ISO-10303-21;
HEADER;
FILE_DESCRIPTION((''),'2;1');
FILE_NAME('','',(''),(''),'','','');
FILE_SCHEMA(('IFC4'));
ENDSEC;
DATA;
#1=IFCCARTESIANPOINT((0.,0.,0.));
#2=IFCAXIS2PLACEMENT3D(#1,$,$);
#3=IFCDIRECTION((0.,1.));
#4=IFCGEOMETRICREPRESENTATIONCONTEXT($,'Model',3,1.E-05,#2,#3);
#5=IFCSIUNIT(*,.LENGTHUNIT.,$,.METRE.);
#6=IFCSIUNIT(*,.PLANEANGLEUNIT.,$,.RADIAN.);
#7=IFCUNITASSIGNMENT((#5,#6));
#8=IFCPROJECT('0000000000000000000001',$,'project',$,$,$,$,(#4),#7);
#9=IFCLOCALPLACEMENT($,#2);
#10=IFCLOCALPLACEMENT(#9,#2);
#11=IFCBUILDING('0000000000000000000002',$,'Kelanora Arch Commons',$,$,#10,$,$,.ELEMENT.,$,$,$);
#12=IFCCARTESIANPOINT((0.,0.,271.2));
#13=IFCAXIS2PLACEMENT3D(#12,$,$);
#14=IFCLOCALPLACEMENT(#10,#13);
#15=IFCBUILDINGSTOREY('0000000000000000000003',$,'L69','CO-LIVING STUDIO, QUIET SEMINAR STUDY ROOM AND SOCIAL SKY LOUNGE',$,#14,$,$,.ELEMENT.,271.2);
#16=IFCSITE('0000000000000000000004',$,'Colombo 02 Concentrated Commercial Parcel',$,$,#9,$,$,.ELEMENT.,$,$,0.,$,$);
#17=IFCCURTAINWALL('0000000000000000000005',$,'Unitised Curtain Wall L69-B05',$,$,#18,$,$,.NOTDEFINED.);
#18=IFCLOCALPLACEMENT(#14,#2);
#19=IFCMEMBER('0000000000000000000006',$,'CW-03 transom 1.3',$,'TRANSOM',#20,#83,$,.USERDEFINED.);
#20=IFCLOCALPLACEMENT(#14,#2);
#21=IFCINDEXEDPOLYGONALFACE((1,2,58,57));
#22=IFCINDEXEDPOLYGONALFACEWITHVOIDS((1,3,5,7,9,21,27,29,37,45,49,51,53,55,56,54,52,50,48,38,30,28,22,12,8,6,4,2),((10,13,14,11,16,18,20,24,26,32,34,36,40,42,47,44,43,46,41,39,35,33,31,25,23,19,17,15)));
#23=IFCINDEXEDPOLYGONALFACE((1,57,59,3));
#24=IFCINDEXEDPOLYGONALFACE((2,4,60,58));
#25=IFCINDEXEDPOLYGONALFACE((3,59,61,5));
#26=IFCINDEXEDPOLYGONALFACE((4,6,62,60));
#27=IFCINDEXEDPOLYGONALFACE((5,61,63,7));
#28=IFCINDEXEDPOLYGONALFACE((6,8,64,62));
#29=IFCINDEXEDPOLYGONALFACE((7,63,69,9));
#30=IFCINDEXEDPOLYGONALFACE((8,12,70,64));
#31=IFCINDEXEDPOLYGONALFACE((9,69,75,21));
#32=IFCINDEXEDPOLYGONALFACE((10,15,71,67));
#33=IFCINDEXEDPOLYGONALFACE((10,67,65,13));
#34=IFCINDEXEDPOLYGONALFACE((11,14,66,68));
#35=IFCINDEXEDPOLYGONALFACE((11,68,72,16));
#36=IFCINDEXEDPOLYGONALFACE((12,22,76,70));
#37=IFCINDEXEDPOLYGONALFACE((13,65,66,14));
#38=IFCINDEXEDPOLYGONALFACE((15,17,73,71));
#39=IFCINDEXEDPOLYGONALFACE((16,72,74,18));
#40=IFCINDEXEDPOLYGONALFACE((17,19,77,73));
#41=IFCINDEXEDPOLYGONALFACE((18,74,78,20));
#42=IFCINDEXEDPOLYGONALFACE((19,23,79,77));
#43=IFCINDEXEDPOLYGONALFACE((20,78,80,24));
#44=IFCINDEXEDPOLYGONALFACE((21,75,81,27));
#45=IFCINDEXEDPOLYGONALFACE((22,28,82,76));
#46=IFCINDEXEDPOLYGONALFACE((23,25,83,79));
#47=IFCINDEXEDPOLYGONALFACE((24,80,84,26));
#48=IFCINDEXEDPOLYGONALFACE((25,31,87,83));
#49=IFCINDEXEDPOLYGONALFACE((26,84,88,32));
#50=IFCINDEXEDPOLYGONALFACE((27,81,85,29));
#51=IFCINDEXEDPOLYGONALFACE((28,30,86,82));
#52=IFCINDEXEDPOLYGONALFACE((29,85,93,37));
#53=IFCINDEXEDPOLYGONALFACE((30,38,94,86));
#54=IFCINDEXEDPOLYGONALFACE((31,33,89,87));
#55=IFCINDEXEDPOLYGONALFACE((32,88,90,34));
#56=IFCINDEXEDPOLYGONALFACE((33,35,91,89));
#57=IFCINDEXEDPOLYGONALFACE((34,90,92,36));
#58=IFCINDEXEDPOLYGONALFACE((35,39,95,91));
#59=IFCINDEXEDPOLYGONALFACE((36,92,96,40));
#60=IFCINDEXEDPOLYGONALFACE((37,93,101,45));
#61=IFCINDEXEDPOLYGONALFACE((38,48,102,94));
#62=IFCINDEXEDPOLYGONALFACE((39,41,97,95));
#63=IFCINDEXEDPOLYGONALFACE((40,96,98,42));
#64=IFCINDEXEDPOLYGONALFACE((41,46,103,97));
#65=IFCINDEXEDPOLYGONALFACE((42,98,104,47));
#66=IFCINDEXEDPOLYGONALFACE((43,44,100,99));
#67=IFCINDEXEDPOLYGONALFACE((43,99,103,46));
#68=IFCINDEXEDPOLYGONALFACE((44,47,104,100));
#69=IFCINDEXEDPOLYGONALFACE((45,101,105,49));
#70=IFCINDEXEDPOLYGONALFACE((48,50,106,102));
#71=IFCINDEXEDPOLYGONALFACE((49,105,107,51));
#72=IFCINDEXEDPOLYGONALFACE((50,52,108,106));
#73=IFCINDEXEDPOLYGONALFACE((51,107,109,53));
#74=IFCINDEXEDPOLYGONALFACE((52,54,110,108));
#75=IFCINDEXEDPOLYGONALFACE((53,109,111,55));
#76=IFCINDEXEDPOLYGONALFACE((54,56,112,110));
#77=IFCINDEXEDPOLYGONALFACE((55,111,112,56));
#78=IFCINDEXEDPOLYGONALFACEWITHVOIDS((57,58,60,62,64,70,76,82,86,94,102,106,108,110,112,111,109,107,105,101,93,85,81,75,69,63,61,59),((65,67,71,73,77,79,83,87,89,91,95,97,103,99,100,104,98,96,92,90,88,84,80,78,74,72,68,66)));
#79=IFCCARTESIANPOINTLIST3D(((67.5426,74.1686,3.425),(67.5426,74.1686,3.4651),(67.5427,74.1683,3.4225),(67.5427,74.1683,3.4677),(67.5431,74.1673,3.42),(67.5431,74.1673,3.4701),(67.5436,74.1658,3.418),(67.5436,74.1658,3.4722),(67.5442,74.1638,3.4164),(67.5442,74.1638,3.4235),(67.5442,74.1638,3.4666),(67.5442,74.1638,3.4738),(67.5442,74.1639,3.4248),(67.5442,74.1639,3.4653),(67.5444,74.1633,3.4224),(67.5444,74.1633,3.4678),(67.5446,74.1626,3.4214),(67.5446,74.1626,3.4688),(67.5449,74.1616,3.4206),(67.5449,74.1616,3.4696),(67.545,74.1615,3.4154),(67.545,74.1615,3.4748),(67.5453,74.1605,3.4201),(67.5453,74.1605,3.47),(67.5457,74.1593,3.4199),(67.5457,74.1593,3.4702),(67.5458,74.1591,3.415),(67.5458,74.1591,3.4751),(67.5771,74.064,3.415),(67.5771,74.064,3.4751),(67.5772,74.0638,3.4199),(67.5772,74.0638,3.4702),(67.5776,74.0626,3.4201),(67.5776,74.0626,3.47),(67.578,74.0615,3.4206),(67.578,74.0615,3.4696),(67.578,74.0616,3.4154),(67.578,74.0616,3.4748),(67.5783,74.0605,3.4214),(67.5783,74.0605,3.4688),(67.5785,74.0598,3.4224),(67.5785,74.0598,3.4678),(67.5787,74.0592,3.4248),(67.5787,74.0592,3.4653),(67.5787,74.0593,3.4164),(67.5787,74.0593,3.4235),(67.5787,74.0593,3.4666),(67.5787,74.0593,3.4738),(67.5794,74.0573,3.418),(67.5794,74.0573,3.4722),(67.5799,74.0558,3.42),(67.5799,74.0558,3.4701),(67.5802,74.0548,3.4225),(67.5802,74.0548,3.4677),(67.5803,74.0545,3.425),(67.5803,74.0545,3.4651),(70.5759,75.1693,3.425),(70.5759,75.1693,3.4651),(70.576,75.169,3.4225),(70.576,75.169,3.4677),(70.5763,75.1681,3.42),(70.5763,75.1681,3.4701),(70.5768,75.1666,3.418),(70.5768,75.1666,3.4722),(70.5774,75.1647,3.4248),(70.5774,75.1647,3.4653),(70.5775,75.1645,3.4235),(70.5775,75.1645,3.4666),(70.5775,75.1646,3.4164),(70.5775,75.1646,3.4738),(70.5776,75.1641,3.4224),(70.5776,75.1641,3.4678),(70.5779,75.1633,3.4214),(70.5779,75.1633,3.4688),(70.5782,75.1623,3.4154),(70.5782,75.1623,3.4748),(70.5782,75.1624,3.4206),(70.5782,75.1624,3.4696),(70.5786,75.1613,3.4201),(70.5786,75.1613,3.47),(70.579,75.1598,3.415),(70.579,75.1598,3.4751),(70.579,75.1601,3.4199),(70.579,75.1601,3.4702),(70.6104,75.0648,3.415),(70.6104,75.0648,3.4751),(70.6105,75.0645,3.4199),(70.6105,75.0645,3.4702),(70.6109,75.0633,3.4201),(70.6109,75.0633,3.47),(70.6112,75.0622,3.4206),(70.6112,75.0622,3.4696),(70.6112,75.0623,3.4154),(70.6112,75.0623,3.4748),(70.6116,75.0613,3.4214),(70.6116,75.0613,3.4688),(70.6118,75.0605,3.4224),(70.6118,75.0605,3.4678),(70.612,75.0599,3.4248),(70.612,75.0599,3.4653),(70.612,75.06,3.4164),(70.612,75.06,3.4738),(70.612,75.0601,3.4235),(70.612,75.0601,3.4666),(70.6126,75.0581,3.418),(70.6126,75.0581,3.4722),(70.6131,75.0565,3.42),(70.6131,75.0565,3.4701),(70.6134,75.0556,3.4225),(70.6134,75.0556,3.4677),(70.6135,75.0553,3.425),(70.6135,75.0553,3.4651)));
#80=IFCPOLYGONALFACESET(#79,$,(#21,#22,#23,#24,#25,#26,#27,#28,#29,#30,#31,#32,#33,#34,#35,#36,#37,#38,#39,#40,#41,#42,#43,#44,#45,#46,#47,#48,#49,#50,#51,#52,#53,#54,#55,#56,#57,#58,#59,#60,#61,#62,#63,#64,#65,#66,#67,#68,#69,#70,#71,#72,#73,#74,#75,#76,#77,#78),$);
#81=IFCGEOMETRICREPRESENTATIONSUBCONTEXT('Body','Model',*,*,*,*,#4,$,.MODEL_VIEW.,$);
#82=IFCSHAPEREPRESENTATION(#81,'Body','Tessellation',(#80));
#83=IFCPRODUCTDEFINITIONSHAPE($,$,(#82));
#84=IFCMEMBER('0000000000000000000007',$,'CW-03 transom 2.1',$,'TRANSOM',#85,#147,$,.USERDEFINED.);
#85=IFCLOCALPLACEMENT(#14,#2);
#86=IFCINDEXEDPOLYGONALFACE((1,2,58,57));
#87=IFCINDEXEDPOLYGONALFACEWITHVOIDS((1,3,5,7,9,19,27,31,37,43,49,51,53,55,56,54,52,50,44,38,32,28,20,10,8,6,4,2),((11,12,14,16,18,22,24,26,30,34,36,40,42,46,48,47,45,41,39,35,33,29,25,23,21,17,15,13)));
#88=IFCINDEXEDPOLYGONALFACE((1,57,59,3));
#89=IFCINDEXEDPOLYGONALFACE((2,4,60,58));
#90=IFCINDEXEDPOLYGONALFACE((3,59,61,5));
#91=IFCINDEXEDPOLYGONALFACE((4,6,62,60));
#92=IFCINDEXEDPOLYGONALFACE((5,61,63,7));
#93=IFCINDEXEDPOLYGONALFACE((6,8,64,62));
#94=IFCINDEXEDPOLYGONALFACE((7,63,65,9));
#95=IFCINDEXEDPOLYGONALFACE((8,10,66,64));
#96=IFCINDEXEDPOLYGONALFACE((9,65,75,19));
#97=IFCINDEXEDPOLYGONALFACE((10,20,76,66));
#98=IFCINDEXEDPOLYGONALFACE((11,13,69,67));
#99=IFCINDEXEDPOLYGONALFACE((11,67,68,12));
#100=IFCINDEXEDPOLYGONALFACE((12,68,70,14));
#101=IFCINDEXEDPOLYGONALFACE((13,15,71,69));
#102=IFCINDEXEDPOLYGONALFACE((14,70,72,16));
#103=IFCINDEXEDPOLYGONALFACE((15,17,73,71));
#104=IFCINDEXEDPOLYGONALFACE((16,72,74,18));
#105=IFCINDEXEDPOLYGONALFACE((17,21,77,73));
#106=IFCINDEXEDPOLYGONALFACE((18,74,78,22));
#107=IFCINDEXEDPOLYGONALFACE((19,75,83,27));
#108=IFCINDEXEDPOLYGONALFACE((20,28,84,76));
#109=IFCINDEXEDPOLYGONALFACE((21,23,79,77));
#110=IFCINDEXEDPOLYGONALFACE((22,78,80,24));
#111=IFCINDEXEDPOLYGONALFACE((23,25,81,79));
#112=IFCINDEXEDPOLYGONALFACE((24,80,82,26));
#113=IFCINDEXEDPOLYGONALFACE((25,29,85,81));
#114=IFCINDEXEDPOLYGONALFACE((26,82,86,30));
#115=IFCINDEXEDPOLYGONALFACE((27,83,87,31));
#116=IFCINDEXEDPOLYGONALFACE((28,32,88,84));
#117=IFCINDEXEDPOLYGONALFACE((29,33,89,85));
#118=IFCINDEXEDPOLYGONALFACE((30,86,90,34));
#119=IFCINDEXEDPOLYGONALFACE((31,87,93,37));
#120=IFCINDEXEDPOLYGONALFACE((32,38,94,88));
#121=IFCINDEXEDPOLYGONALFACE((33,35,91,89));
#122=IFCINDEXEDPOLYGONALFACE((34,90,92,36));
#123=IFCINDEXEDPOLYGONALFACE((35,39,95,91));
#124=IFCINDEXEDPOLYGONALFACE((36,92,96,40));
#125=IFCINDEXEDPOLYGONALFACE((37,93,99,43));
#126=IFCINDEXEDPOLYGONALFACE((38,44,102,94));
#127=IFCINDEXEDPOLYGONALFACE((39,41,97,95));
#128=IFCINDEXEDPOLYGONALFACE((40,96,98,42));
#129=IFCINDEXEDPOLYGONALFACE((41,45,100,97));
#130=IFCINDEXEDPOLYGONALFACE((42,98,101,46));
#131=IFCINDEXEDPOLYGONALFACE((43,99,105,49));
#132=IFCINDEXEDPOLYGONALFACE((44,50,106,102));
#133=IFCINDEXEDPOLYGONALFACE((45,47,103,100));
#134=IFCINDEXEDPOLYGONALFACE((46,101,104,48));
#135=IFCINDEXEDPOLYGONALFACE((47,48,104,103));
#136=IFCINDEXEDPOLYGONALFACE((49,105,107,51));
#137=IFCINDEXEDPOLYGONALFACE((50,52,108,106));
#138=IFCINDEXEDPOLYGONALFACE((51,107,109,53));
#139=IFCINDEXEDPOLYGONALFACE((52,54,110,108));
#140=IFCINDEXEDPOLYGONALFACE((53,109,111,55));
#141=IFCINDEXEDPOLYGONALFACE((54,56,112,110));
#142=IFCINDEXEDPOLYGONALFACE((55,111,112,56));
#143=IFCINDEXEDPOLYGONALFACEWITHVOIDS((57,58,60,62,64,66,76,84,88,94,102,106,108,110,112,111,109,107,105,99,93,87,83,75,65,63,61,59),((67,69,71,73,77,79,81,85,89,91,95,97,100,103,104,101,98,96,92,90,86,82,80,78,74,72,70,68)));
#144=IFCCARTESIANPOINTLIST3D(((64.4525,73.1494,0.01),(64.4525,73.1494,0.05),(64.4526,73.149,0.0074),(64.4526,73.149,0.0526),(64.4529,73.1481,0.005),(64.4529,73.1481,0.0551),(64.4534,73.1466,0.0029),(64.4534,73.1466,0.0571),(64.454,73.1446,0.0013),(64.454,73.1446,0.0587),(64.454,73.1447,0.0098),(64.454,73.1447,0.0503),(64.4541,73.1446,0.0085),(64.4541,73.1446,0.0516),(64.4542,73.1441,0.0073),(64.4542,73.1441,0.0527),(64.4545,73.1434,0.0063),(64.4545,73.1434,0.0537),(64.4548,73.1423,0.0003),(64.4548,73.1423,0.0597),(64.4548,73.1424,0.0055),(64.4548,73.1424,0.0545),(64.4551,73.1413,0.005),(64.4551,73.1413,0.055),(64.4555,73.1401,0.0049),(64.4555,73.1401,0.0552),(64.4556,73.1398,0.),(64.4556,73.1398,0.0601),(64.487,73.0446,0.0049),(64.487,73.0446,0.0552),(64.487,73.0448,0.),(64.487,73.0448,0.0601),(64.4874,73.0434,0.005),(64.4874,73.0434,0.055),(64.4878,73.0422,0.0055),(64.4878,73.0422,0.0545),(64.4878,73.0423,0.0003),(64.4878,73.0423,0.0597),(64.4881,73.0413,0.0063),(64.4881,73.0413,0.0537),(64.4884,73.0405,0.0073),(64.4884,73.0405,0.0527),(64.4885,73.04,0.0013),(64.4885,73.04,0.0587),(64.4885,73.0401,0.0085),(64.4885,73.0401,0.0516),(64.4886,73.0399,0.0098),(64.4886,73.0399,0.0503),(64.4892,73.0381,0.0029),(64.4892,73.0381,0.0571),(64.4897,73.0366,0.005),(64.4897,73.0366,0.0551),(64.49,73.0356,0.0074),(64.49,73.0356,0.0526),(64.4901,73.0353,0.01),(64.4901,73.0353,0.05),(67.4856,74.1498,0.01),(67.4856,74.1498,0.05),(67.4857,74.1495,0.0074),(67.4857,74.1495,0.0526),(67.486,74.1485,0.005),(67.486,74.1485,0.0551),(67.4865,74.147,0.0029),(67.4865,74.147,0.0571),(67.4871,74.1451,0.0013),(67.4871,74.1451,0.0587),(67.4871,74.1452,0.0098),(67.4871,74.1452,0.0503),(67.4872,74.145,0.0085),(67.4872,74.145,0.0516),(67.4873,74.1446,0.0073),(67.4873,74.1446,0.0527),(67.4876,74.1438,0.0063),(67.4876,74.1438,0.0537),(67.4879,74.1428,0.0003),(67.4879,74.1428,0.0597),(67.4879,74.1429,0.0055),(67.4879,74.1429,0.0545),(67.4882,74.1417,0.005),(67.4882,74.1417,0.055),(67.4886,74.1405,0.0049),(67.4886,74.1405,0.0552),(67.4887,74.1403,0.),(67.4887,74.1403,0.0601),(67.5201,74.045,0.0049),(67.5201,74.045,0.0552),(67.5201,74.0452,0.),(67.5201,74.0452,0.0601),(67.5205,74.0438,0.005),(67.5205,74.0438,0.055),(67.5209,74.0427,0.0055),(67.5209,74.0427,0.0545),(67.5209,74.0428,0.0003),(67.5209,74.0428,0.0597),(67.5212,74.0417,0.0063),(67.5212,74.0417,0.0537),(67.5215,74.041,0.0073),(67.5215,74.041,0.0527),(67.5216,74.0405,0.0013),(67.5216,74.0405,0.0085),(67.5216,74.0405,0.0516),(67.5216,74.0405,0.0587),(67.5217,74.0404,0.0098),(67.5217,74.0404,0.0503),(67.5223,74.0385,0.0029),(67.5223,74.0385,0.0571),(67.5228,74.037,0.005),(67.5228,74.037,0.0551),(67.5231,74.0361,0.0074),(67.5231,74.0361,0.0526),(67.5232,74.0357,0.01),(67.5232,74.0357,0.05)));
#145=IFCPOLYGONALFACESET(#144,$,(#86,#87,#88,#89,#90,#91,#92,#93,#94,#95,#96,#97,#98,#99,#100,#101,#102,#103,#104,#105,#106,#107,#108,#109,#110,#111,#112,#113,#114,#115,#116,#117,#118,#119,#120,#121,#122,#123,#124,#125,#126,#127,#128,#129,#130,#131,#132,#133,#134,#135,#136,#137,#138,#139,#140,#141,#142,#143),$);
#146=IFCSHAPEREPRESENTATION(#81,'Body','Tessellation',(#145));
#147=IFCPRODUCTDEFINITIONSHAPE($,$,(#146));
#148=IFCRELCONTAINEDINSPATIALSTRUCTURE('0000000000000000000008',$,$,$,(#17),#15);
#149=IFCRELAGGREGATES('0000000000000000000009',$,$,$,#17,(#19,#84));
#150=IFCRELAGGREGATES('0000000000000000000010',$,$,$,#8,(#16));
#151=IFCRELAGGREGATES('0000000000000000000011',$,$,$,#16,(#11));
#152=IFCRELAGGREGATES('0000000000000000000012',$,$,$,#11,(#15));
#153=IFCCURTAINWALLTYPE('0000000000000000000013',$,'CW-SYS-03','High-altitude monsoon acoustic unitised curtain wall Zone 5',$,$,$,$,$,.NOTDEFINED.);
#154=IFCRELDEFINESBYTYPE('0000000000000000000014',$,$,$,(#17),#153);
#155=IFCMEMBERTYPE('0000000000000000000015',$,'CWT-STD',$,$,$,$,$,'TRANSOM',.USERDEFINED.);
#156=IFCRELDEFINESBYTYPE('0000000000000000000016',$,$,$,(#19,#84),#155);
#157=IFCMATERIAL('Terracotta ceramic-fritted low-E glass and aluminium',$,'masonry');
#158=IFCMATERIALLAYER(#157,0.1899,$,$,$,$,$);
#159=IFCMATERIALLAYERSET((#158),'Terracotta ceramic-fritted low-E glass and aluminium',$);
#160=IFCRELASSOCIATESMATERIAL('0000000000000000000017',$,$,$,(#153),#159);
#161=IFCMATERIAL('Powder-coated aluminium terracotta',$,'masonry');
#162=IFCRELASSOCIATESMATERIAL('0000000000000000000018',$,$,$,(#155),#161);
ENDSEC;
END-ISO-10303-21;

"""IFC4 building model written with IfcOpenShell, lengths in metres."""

from ifc_helpers import new_model, si_unit, direction, frame, origin, origin_2d, place, context, subcontext, project, spatial, hollow_rectangle, extrude, material, layer, layer_set, material_profile, profile_set, type_object, element, aggregate, save


model = new_model("IFC4")

# Units and contexts
model_context = context("Model", 3, precision=1e-05, world=origin(), true_north=direction((0.0, 1.0)))
body_context = subcontext(model_context, "Body", "Model", "MODEL_VIEW")
ifc_project = project(units=[si_unit("LENGTHUNIT", "METRE"), si_unit("PLANEANGLEUNIT", "RADIAN")], contexts=[model_context])

# Site, building, storey
site_placement = place(None, origin())
site = spatial("IfcSite", under=ifc_project, at=site_placement, Name="Colombo 02 Concentrated Commercial Parcel", CompositionType="ELEMENT", RefElevation=0.0)
building_placement = place(site_placement, origin())
building = spatial("IfcBuilding", under=site, at=building_placement, Name="Kelanora Arch Commons", CompositionType="ELEMENT")
storey_placement = place(building_placement, frame((0.0, 0.0, 271.2)))
storey = spatial("IfcBuildingStorey", under=building, at=storey_placement, Name="L69", Description="CO-LIVING STUDIO, QUIET SEMINAR STUDY ROOM AND SOCIAL SKY LOUNGE", CompositionType="ELEMENT", Elevation=271.2)

# Curtain wall, members
ifc_material_1 = material(Name="Terracotta ceramic-fritted low-E glass and aluminium", Category="masonry")
ifc_layer_1 = layer(ifc_material_1, 0.1899)
ifc_layer_set_1 = layer_set([ifc_layer_1], Name="Terracotta ceramic-fritted low-E glass and aluminium")
curtain_wall_type = type_object("IfcCurtainWallType", Name="CW-SYS-03", Description="High-altitude monsoon acoustic unitised curtain wall Zone 5", PredefinedType="NOTDEFINED", material=ifc_layer_set_1)
curtain_wall_placement = place(storey_placement, origin())
curtain_wall = element("IfcCurtainWall", 1, at=curtain_wall_placement, inside=storey, type_object=curtain_wall_type, Name="Unitised Curtain Wall L69-B05", PredefinedType="NOTDEFINED")
ifc_material_2 = material(Name="Powder-coated aluminium terracotta", Category="masonry")
ifc_material_profile_1 = material_profile(ifc_material_2, hollow_rectangle(XDim=0.1201, YDim=0.0601, WallThickness=0.0049, InnerFilletRadius=0.0049, OuterFilletRadius=0.01, at=origin_2d()), Name="CWT120x60")
ifc_profile_set_1 = profile_set([ifc_material_profile_1], Name="Powder-coated aluminium terracotta")
member_type_1 = type_object("IfcMemberType", Name="CWT-STD", ElementType="TRANSOM", PredefinedType="USERDEFINED", material=ifc_profile_set_1)
member_1_placement = place(storey_placement, frame((70.5947, 75.1123, 3.4451), z_axis=(-0.94965, -0.313314, 0.0), x_axis=(0.313314, -0.94965, 0.0)))
member_1 = element("IfcMember", 2, at=member_1_placement, type_object=member_type_1, Name="CW-03 transom 1.3", ObjectType="TRANSOM", PredefinedType="USERDEFINED", context=body_context, shape_type="SweptSolid", body=[
    extrude(hollow_rectangle(XDim=0.1201, YDim=0.0601, WallThickness=0.0049, InnerFilletRadius=0.0049, OuterFilletRadius=0.01, at=origin_2d()), origin(), (0.0, 0.0, 1.0), 3.1941),
])
member_2_placement = place(storey_placement, frame((67.5044, 74.0928, 0.03), z_axis=(-0.949672, -0.313245, 0.0), x_axis=(0.313245, -0.949672, 0.0)))
member_2 = element("IfcMember", 3, at=member_2_placement, type_object=member_type_1, Name="CW-03 transom 2.1", ObjectType="TRANSOM", PredefinedType="USERDEFINED", context=body_context, shape_type="SweptSolid", body=[
    extrude(hollow_rectangle(XDim=0.1201, YDim=0.0601, WallThickness=0.0049, InnerFilletRadius=0.0049, OuterFilletRadius=0.01, at=origin_2d()), origin(), (0.0, 0.0, 1.0), 3.1938),
])
aggregate(curtain_wall, [member_1, member_2])

save(model, "model.ifc")
